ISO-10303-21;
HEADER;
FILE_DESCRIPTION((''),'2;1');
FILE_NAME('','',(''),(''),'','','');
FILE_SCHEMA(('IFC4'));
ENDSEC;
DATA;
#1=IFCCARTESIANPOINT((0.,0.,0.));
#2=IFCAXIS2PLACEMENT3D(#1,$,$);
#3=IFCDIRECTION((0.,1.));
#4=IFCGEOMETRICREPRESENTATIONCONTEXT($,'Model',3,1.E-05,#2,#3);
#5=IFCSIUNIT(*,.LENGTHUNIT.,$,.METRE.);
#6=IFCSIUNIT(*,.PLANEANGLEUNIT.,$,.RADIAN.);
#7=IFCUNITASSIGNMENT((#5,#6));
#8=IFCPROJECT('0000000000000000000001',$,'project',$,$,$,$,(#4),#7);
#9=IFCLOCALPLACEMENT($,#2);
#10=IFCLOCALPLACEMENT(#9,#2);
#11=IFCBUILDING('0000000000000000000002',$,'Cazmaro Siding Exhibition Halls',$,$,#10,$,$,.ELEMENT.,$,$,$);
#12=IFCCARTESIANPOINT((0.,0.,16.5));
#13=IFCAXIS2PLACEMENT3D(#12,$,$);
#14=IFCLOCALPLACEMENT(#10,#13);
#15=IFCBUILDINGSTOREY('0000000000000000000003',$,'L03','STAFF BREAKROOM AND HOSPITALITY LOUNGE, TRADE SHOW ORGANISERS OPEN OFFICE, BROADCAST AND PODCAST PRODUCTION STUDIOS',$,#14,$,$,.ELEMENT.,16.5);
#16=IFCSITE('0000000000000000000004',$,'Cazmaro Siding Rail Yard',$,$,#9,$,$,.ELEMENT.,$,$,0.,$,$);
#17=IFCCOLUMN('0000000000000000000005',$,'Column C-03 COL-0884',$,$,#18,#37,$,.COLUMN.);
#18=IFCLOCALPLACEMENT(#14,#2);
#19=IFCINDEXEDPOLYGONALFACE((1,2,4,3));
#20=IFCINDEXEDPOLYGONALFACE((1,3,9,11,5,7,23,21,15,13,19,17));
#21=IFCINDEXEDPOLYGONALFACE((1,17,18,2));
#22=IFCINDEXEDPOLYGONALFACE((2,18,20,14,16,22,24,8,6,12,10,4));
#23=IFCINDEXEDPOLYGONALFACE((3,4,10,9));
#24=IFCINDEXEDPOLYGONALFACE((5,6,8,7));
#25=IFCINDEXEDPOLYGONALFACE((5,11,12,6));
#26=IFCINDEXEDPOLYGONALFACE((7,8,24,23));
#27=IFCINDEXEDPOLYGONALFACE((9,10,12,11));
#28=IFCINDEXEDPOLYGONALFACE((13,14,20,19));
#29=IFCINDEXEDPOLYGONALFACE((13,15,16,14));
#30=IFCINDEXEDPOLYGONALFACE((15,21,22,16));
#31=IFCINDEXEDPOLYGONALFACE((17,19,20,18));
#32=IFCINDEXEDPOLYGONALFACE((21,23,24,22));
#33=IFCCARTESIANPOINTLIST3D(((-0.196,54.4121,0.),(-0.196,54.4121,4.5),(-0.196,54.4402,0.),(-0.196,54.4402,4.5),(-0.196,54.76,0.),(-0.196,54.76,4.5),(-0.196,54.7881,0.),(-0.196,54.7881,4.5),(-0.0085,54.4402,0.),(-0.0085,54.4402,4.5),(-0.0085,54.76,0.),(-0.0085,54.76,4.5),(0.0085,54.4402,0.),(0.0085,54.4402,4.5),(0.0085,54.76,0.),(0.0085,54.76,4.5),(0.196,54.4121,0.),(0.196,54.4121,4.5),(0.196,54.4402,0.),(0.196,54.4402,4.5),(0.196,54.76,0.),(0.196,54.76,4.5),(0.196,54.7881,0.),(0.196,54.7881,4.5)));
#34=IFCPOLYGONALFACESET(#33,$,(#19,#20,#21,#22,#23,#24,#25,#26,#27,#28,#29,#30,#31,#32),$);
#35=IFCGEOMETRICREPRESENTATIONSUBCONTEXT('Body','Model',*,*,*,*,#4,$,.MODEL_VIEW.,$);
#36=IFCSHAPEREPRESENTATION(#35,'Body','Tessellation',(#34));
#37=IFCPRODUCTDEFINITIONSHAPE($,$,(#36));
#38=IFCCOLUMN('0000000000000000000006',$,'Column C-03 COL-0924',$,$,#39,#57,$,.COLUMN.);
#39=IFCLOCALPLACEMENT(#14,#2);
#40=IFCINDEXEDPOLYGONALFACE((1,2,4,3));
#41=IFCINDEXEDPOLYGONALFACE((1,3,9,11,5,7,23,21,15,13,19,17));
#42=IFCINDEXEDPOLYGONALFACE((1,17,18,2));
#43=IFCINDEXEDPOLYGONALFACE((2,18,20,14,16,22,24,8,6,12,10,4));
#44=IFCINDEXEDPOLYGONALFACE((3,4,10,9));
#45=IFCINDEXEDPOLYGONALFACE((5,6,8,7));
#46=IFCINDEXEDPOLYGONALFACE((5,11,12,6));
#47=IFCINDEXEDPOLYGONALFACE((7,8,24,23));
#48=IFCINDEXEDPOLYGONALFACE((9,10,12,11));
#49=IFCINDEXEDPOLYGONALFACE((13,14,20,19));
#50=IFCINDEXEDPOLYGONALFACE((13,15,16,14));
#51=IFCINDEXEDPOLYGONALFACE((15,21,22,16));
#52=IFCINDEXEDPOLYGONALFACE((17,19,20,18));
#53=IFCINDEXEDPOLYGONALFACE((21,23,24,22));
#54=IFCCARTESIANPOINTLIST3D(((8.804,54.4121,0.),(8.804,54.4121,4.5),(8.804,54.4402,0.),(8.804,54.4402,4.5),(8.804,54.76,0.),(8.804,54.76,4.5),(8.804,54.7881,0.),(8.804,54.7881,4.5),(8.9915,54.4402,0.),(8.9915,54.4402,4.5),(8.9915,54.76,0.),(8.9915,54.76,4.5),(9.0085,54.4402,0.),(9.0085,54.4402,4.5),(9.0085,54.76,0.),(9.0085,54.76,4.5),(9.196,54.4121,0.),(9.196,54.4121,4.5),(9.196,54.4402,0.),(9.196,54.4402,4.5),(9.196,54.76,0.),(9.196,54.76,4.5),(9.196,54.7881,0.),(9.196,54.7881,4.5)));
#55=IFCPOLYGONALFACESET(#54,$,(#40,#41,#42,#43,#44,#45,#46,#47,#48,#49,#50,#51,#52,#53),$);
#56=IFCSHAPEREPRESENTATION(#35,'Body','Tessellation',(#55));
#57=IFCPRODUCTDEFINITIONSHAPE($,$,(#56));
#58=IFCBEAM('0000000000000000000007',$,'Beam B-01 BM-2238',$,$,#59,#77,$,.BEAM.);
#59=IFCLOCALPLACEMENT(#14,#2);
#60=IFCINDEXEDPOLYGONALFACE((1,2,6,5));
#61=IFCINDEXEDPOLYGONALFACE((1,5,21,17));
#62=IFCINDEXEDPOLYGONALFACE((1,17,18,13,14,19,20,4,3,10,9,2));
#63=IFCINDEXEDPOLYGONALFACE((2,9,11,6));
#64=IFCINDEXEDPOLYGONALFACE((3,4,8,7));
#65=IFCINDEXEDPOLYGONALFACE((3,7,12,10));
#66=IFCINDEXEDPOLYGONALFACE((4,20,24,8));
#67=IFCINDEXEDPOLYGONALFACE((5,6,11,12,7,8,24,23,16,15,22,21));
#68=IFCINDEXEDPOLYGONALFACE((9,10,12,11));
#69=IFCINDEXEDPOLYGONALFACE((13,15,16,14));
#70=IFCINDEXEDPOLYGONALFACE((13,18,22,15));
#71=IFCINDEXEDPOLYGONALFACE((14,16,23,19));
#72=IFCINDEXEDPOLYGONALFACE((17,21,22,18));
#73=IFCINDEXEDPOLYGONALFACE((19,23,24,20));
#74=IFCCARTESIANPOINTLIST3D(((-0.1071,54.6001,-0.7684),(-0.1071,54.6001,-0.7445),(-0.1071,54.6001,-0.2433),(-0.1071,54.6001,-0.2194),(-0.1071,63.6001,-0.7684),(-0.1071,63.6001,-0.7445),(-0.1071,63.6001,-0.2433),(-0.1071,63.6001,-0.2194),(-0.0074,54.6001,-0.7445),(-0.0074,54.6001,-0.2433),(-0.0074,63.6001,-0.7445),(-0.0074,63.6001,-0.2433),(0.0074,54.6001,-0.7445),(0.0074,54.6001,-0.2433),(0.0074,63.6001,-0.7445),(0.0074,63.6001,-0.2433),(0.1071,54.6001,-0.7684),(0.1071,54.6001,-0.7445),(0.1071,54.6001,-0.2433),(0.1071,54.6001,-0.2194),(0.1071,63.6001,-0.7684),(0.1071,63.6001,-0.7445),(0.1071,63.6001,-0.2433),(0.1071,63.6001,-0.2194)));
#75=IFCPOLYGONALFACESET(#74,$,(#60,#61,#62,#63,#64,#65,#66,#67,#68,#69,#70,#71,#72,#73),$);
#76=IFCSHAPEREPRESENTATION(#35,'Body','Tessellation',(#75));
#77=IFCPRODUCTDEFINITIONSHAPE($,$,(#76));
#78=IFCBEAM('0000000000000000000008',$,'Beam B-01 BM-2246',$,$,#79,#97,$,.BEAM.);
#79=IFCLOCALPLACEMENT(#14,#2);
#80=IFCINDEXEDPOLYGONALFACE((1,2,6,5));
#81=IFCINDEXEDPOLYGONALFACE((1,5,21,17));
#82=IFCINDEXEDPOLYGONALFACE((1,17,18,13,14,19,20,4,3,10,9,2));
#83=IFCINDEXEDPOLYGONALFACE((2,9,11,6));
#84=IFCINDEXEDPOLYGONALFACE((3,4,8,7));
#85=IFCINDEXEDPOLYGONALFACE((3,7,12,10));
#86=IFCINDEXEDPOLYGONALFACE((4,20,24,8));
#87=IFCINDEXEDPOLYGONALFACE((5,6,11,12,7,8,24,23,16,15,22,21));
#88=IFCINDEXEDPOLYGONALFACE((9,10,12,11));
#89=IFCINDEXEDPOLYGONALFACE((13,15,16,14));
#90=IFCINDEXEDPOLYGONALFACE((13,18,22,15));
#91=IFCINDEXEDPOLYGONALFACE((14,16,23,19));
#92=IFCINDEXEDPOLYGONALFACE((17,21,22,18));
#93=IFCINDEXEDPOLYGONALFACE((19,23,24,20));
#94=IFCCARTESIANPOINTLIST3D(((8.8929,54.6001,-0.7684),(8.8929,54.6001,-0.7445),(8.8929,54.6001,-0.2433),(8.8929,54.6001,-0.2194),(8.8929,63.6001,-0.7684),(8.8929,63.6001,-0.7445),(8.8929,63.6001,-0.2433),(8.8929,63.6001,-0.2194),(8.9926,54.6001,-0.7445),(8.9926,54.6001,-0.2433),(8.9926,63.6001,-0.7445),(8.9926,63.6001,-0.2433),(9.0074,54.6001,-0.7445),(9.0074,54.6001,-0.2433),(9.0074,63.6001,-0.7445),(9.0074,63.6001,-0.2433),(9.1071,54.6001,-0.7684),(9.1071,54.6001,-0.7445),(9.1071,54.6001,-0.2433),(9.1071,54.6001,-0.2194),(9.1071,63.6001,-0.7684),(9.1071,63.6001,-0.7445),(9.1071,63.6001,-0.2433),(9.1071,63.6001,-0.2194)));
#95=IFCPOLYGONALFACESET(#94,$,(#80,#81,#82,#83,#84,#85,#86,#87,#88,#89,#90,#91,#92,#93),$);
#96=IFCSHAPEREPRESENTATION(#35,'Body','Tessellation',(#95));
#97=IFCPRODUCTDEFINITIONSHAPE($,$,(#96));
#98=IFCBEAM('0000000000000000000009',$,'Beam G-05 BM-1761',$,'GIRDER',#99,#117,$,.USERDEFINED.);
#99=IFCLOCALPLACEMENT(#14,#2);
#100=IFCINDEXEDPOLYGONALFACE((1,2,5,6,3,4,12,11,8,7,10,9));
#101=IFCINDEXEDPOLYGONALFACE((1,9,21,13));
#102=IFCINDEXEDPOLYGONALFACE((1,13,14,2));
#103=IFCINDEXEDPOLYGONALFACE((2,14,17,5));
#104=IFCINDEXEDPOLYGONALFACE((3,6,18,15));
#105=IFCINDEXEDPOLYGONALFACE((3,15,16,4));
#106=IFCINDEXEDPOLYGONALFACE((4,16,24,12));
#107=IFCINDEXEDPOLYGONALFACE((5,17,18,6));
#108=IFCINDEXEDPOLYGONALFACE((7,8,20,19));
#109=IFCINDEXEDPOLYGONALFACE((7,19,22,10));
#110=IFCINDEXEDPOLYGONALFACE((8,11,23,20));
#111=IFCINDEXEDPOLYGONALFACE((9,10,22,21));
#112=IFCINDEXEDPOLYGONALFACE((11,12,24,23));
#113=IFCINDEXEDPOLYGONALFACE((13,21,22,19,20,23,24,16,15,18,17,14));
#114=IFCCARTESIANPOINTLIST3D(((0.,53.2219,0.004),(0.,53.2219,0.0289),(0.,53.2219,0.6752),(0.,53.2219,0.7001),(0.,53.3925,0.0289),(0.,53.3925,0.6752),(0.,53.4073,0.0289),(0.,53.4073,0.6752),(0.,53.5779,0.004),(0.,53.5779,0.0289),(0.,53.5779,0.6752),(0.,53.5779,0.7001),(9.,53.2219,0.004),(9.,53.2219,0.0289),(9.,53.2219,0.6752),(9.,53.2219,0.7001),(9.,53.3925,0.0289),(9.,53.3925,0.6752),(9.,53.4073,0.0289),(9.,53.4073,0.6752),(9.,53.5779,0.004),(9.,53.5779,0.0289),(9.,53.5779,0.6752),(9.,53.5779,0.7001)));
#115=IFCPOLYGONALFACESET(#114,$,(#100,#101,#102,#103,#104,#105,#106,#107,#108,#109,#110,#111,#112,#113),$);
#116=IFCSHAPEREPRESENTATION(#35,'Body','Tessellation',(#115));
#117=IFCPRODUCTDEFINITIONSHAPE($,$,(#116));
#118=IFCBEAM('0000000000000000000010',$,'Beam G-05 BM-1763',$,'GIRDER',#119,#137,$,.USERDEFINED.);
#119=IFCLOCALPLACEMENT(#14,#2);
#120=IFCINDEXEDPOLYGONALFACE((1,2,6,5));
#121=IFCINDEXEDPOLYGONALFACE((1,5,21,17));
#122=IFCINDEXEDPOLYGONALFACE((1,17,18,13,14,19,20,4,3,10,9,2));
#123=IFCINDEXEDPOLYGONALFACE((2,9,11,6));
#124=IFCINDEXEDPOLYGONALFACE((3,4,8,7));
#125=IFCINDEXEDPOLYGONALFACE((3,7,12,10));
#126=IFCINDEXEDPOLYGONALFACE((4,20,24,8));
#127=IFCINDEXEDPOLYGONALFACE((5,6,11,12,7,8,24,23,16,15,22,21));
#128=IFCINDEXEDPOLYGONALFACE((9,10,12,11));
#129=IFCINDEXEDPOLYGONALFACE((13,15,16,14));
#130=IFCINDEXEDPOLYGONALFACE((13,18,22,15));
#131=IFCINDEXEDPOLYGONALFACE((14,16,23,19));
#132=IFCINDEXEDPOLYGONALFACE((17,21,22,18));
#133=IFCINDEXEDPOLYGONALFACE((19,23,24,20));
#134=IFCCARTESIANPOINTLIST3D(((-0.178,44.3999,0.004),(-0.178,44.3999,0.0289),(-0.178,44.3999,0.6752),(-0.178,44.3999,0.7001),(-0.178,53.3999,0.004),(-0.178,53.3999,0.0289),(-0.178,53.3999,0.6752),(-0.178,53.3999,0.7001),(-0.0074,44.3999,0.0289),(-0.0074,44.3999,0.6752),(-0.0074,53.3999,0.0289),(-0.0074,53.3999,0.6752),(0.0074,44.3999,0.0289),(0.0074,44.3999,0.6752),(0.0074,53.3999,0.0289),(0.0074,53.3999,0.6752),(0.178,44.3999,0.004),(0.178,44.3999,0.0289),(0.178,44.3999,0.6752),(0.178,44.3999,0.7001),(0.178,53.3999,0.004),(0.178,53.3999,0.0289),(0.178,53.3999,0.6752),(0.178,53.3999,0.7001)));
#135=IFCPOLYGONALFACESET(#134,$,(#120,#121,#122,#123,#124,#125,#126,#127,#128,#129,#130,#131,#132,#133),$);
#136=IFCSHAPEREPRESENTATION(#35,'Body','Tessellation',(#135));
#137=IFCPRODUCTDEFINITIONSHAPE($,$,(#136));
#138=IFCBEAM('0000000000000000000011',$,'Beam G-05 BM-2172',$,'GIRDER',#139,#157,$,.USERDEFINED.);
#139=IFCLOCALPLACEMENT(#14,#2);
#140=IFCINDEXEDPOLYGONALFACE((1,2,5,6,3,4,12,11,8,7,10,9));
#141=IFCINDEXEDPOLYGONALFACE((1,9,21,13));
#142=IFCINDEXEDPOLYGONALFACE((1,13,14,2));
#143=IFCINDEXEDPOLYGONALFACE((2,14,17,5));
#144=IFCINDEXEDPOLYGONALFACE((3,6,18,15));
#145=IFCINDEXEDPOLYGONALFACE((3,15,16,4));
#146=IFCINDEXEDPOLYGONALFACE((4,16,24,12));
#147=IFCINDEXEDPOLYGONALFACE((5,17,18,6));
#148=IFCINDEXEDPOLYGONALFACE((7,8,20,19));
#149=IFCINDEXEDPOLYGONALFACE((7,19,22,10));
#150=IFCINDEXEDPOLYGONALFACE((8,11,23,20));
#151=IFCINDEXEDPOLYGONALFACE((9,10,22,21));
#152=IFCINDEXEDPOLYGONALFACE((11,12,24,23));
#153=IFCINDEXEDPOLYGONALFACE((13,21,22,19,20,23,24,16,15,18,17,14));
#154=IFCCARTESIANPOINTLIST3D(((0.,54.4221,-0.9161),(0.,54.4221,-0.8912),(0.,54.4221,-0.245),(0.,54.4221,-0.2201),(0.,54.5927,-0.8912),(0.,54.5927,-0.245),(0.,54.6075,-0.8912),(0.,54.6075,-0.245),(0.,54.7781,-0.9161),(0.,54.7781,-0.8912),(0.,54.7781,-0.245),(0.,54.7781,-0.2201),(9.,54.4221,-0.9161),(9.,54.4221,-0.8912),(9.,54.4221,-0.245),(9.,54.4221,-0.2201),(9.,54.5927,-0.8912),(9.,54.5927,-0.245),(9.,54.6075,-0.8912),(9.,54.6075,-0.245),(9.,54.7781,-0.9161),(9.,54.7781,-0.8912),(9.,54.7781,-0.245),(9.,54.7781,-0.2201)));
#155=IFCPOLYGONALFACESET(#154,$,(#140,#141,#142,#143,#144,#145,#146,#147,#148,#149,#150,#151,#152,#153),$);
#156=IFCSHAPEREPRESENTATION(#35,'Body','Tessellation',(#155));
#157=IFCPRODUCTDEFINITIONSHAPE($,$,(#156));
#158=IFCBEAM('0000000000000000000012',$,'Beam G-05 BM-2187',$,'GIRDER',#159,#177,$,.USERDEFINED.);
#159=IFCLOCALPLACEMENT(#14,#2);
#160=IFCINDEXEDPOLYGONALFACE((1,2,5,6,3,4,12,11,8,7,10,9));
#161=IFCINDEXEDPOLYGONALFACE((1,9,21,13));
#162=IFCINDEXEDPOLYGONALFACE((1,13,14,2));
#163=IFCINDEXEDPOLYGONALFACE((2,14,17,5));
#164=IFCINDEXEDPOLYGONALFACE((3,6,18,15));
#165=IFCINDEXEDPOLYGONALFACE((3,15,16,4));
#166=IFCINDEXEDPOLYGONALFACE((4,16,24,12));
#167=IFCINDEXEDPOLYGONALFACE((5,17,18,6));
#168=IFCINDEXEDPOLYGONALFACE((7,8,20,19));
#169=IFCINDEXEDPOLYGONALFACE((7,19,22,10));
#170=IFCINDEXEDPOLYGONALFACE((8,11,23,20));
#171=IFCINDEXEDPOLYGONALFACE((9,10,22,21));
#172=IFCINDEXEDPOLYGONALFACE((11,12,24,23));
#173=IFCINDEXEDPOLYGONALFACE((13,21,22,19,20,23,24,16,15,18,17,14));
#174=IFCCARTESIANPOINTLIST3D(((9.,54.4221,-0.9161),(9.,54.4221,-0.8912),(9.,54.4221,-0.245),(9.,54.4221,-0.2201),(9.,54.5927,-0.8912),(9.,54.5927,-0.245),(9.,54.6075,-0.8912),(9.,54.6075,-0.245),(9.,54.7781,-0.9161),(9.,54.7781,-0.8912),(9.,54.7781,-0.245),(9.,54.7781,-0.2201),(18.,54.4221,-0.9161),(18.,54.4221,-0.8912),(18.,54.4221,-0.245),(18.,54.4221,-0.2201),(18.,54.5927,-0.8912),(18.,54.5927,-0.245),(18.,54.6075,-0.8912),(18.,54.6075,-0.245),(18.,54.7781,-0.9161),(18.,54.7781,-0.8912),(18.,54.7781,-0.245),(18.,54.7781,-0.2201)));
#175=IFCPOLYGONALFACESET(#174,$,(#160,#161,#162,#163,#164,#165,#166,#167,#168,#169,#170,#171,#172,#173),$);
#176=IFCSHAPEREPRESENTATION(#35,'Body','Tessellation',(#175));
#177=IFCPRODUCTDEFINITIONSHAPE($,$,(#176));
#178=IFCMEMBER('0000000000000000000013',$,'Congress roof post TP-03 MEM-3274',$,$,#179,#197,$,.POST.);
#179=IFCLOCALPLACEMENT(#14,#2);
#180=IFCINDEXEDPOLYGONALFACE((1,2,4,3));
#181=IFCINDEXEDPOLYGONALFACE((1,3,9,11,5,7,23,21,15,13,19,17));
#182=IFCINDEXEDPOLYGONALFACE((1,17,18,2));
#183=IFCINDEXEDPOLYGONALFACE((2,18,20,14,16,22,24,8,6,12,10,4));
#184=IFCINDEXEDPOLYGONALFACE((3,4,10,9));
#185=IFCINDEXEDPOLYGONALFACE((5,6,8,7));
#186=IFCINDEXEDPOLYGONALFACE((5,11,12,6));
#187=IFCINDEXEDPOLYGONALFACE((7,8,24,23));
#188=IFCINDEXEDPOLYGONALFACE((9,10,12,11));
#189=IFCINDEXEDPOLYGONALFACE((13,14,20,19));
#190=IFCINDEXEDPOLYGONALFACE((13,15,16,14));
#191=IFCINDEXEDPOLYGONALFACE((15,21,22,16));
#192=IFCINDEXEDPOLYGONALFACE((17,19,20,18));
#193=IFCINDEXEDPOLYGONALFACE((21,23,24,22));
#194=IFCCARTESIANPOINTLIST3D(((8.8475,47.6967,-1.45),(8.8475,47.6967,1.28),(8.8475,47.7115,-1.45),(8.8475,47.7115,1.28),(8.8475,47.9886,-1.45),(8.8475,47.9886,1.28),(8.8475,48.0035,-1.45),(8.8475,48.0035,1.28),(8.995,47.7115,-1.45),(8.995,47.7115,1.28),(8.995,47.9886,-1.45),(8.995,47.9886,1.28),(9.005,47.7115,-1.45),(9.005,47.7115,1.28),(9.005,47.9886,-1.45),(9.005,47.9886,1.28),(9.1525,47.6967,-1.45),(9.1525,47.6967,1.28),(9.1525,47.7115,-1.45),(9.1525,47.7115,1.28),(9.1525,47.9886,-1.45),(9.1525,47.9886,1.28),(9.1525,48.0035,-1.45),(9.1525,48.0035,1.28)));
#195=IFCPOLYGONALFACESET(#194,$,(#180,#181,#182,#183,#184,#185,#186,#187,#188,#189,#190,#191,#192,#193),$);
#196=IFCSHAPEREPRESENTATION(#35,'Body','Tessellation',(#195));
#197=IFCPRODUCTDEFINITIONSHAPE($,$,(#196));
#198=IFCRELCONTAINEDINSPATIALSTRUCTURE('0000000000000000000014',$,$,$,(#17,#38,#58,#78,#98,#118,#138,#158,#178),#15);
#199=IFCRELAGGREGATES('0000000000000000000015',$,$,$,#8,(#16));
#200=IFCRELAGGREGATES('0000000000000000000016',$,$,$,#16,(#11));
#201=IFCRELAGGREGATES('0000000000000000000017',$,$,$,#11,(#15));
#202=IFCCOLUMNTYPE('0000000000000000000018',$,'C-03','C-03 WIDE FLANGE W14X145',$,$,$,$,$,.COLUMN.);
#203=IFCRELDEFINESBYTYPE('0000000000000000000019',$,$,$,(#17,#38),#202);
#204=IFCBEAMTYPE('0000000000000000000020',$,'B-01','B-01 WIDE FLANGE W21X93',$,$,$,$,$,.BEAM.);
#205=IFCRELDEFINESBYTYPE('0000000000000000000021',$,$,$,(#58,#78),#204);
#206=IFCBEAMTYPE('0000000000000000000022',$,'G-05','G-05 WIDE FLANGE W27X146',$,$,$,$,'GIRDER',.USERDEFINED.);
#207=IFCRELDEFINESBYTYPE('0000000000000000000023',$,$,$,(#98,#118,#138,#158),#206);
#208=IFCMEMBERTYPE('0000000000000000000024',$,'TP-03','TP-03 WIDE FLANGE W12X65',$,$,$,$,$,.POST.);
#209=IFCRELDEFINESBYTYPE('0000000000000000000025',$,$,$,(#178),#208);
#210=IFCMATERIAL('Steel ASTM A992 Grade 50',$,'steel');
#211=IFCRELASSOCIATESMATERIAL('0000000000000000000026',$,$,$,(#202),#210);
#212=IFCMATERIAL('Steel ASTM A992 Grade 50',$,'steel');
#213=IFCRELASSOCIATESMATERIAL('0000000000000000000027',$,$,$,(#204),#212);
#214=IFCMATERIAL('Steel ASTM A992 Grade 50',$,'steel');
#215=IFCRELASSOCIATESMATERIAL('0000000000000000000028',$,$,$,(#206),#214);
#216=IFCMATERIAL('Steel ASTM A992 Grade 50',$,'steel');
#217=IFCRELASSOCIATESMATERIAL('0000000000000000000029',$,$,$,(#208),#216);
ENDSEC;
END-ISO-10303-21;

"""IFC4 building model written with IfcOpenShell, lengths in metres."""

from ifc_helpers import new_model, si_unit, direction, frame, origin, origin_2d, place, context, subcontext, project, spatial, i_section, extrude, material, material_profile, profile_set, type_object, element, save


model = new_model("IFC4")

# Units and contexts
model_context = context("Model", 3, precision=1e-05, world=origin(), true_north=direction((0.0, 1.0)))
body_context = subcontext(model_context, "Body", "Model", "MODEL_VIEW")
ifc_project = project(units=[si_unit("LENGTHUNIT", "METRE"), si_unit("PLANEANGLEUNIT", "RADIAN")], contexts=[model_context])

# Site, building, storey
site_placement = place(None, origin())
site = spatial("IfcSite", under=ifc_project, at=site_placement, Name="Cazmaro Siding Rail Yard", CompositionType="ELEMENT", RefElevation=0.0)
building_placement = place(site_placement, origin())
building = spatial("IfcBuilding", under=site, at=building_placement, Name="Cazmaro Siding Exhibition Halls", CompositionType="ELEMENT")
storey_placement = place(building_placement, frame((0.0, 0.0, 16.5)))
storey = spatial("IfcBuildingStorey", under=building, at=storey_placement, Name="L03", Description="STAFF BREAKROOM AND HOSPITALITY LOUNGE, TRADE SHOW ORGANISERS OPEN OFFICE, BROADCAST AND PODCAST PRODUCTION STUDIOS", CompositionType="ELEMENT", Elevation=16.5)

# Columns
ifc_material_1 = material(Name="Steel ASTM A992 Grade 50", Category="steel")
ifc_material_profile_1 = material_profile(ifc_material_1, i_section(OverallWidth=0.3921, OverallDepth=0.376, WebThickness=0.0171, FlangeThickness=0.0281, at=origin_2d()), Name="W14X145")
ifc_profile_set_1 = profile_set([ifc_material_profile_1], Name="Steel ASTM A992 Grade 50")
column_type = type_object("IfcColumnType", Name="C-03", Description="C-03 WIDE FLANGE W14X145", PredefinedType="COLUMN", material=ifc_profile_set_1)
for number, where, z_axis, x_axis, name in (
    (1, (0.0, 54.6001, 0.0), (0.0, 0.0, 1.0), (1.0, 0.0, 0.0), "Column C-03 COL-0884"),
    (2, (9.0, 54.6001, 0.0), (0.0, 0.0, 1.0), (1.0, 0.0, 0.0), "Column C-03 COL-0924"),
):
    element("IfcColumn", number, at=place(storey_placement, frame(where, z_axis=z_axis, x_axis=x_axis)), inside=storey, type_object=column_type, Name=name, PredefinedType="COLUMN", context=body_context, shape_type="SweptSolid", body=[
        extrude(i_section(OverallWidth=0.3921, OverallDepth=0.376, WebThickness=0.0171, FlangeThickness=0.0281, at=origin_2d()), origin(), (0.0, 0.0, 1.0), 4.5),
    ])

# Beams
ifc_material_2 = material(Name="Steel ASTM A992 Grade 50", Category="steel")
ifc_material_profile_2 = material_profile(ifc_material_2, i_section(OverallWidth=0.2141, OverallDepth=0.5491, WebThickness=0.0149, FlangeThickness=0.0239, at=origin_2d()), Name="W21X93")
ifc_profile_set_2 = profile_set([ifc_material_profile_2], Name="Steel ASTM A992 Grade 50")
beam_type_1 = type_object("IfcBeamType", Name="B-01", Description="B-01 WIDE FLANGE W21X93", PredefinedType="BEAM", material=ifc_profile_set_2)
for number, where, z_axis, x_axis, name in (
    (3, (0.0, 54.6001, -0.4939), (0.0, 1.0, 0.0), (-1.0, 0.0, 0.0), "Beam B-01 BM-2238"),
    (4, (9.0, 54.6001, -0.4939), (0.0, 1.0, 0.0), (-1.0, 0.0, 0.0), "Beam B-01 BM-2246"),
):
    element("IfcBeam", number, at=place(storey_placement, frame(where, z_axis=z_axis, x_axis=x_axis)), inside=storey, type_object=beam_type_1, Name=name, PredefinedType="BEAM", context=body_context, shape_type="SweptSolid", body=[
        extrude(i_section(OverallWidth=0.2141, OverallDepth=0.5491, WebThickness=0.0149, FlangeThickness=0.0239, at=origin_2d()), origin(), (0.0, 0.0, 1.0), 9.0),
    ])
ifc_material_3 = material(Name="Steel ASTM A992 Grade 50", Category="steel")
ifc_material_profile_3 = material_profile(ifc_material_3, i_section(OverallWidth=0.356, OverallDepth=0.696, WebThickness=0.0149, FlangeThickness=0.0249, at=origin_2d()), Name="W27X146")
ifc_profile_set_3 = profile_set([ifc_material_profile_3], Name="Steel ASTM A992 Grade 50")
beam_type_2 = type_object("IfcBeamType", Name="G-05", Description="G-05 WIDE FLANGE W27X146", ElementType="GIRDER", PredefinedType="USERDEFINED", material=ifc_profile_set_3)
for number, where, z_axis, x_axis, name in (
    (5, (9.0, 53.3999, 0.3521), (-1.0, 0.0, 0.0), (0.0, -1.0, 0.0), "Beam G-05 BM-1761"),
    (6, (0.0, 53.3999, 0.3521), (0.0, -1.0, 0.0), (1.0, 0.0, 0.0), "Beam G-05 BM-1763"),
    (7, (0.0, 54.6001, -0.5681), (1.0, 0.0, 0.0), (0.0, 1.0, 0.0), "Beam G-05 BM-2172"),
    (8, (9.0, 54.6001, -0.5681), (1.0, 0.0, 0.0), (0.0, 1.0, 0.0), "Beam G-05 BM-2187"),
):
    element("IfcBeam", number, at=place(storey_placement, frame(where, z_axis=z_axis, x_axis=x_axis)), inside=storey, type_object=beam_type_2, Name=name, ObjectType="GIRDER", PredefinedType="USERDEFINED", context=body_context, shape_type="SweptSolid", body=[
        extrude(i_section(OverallWidth=0.356, OverallDepth=0.696, WebThickness=0.0149, FlangeThickness=0.0249, at=origin_2d()), origin(), (0.0, 0.0, 1.0), 9.0),
    ])

# Member
ifc_material_4 = material(Name="Steel ASTM A992 Grade 50", Category="steel")
ifc_material_profile_4 = material_profile(ifc_material_4, i_section(OverallWidth=0.3049, OverallDepth=0.3069, WebThickness=0.01, FlangeThickness=0.0149, at=origin_2d()), Name="W12X65")
ifc_profile_set_4 = profile_set([ifc_material_profile_4], Name="Steel ASTM A992 Grade 50")
member_type = type_object("IfcMemberType", Name="TP-03", Description="TP-03 WIDE FLANGE W12X65", PredefinedType="POST", material=ifc_profile_set_4)
member_placement = place(storey_placement, frame((9.0, 47.8501, -1.45), z_axis=(0.0, 0.0, 1.0), x_axis=(1.0, 0.0, 0.0)))
element("IfcMember", 9, at=member_placement, inside=storey, type_object=member_type, Name="Congress roof post TP-03 MEM-3274", PredefinedType="POST", context=body_context, shape_type="SweptSolid", body=[
    extrude(i_section(OverallWidth=0.3049, OverallDepth=0.3069, WebThickness=0.01, FlangeThickness=0.0149, at=origin_2d()), origin(), (0.0, 0.0, 1.0), 2.73),
])

save(model, "model.ifc")
